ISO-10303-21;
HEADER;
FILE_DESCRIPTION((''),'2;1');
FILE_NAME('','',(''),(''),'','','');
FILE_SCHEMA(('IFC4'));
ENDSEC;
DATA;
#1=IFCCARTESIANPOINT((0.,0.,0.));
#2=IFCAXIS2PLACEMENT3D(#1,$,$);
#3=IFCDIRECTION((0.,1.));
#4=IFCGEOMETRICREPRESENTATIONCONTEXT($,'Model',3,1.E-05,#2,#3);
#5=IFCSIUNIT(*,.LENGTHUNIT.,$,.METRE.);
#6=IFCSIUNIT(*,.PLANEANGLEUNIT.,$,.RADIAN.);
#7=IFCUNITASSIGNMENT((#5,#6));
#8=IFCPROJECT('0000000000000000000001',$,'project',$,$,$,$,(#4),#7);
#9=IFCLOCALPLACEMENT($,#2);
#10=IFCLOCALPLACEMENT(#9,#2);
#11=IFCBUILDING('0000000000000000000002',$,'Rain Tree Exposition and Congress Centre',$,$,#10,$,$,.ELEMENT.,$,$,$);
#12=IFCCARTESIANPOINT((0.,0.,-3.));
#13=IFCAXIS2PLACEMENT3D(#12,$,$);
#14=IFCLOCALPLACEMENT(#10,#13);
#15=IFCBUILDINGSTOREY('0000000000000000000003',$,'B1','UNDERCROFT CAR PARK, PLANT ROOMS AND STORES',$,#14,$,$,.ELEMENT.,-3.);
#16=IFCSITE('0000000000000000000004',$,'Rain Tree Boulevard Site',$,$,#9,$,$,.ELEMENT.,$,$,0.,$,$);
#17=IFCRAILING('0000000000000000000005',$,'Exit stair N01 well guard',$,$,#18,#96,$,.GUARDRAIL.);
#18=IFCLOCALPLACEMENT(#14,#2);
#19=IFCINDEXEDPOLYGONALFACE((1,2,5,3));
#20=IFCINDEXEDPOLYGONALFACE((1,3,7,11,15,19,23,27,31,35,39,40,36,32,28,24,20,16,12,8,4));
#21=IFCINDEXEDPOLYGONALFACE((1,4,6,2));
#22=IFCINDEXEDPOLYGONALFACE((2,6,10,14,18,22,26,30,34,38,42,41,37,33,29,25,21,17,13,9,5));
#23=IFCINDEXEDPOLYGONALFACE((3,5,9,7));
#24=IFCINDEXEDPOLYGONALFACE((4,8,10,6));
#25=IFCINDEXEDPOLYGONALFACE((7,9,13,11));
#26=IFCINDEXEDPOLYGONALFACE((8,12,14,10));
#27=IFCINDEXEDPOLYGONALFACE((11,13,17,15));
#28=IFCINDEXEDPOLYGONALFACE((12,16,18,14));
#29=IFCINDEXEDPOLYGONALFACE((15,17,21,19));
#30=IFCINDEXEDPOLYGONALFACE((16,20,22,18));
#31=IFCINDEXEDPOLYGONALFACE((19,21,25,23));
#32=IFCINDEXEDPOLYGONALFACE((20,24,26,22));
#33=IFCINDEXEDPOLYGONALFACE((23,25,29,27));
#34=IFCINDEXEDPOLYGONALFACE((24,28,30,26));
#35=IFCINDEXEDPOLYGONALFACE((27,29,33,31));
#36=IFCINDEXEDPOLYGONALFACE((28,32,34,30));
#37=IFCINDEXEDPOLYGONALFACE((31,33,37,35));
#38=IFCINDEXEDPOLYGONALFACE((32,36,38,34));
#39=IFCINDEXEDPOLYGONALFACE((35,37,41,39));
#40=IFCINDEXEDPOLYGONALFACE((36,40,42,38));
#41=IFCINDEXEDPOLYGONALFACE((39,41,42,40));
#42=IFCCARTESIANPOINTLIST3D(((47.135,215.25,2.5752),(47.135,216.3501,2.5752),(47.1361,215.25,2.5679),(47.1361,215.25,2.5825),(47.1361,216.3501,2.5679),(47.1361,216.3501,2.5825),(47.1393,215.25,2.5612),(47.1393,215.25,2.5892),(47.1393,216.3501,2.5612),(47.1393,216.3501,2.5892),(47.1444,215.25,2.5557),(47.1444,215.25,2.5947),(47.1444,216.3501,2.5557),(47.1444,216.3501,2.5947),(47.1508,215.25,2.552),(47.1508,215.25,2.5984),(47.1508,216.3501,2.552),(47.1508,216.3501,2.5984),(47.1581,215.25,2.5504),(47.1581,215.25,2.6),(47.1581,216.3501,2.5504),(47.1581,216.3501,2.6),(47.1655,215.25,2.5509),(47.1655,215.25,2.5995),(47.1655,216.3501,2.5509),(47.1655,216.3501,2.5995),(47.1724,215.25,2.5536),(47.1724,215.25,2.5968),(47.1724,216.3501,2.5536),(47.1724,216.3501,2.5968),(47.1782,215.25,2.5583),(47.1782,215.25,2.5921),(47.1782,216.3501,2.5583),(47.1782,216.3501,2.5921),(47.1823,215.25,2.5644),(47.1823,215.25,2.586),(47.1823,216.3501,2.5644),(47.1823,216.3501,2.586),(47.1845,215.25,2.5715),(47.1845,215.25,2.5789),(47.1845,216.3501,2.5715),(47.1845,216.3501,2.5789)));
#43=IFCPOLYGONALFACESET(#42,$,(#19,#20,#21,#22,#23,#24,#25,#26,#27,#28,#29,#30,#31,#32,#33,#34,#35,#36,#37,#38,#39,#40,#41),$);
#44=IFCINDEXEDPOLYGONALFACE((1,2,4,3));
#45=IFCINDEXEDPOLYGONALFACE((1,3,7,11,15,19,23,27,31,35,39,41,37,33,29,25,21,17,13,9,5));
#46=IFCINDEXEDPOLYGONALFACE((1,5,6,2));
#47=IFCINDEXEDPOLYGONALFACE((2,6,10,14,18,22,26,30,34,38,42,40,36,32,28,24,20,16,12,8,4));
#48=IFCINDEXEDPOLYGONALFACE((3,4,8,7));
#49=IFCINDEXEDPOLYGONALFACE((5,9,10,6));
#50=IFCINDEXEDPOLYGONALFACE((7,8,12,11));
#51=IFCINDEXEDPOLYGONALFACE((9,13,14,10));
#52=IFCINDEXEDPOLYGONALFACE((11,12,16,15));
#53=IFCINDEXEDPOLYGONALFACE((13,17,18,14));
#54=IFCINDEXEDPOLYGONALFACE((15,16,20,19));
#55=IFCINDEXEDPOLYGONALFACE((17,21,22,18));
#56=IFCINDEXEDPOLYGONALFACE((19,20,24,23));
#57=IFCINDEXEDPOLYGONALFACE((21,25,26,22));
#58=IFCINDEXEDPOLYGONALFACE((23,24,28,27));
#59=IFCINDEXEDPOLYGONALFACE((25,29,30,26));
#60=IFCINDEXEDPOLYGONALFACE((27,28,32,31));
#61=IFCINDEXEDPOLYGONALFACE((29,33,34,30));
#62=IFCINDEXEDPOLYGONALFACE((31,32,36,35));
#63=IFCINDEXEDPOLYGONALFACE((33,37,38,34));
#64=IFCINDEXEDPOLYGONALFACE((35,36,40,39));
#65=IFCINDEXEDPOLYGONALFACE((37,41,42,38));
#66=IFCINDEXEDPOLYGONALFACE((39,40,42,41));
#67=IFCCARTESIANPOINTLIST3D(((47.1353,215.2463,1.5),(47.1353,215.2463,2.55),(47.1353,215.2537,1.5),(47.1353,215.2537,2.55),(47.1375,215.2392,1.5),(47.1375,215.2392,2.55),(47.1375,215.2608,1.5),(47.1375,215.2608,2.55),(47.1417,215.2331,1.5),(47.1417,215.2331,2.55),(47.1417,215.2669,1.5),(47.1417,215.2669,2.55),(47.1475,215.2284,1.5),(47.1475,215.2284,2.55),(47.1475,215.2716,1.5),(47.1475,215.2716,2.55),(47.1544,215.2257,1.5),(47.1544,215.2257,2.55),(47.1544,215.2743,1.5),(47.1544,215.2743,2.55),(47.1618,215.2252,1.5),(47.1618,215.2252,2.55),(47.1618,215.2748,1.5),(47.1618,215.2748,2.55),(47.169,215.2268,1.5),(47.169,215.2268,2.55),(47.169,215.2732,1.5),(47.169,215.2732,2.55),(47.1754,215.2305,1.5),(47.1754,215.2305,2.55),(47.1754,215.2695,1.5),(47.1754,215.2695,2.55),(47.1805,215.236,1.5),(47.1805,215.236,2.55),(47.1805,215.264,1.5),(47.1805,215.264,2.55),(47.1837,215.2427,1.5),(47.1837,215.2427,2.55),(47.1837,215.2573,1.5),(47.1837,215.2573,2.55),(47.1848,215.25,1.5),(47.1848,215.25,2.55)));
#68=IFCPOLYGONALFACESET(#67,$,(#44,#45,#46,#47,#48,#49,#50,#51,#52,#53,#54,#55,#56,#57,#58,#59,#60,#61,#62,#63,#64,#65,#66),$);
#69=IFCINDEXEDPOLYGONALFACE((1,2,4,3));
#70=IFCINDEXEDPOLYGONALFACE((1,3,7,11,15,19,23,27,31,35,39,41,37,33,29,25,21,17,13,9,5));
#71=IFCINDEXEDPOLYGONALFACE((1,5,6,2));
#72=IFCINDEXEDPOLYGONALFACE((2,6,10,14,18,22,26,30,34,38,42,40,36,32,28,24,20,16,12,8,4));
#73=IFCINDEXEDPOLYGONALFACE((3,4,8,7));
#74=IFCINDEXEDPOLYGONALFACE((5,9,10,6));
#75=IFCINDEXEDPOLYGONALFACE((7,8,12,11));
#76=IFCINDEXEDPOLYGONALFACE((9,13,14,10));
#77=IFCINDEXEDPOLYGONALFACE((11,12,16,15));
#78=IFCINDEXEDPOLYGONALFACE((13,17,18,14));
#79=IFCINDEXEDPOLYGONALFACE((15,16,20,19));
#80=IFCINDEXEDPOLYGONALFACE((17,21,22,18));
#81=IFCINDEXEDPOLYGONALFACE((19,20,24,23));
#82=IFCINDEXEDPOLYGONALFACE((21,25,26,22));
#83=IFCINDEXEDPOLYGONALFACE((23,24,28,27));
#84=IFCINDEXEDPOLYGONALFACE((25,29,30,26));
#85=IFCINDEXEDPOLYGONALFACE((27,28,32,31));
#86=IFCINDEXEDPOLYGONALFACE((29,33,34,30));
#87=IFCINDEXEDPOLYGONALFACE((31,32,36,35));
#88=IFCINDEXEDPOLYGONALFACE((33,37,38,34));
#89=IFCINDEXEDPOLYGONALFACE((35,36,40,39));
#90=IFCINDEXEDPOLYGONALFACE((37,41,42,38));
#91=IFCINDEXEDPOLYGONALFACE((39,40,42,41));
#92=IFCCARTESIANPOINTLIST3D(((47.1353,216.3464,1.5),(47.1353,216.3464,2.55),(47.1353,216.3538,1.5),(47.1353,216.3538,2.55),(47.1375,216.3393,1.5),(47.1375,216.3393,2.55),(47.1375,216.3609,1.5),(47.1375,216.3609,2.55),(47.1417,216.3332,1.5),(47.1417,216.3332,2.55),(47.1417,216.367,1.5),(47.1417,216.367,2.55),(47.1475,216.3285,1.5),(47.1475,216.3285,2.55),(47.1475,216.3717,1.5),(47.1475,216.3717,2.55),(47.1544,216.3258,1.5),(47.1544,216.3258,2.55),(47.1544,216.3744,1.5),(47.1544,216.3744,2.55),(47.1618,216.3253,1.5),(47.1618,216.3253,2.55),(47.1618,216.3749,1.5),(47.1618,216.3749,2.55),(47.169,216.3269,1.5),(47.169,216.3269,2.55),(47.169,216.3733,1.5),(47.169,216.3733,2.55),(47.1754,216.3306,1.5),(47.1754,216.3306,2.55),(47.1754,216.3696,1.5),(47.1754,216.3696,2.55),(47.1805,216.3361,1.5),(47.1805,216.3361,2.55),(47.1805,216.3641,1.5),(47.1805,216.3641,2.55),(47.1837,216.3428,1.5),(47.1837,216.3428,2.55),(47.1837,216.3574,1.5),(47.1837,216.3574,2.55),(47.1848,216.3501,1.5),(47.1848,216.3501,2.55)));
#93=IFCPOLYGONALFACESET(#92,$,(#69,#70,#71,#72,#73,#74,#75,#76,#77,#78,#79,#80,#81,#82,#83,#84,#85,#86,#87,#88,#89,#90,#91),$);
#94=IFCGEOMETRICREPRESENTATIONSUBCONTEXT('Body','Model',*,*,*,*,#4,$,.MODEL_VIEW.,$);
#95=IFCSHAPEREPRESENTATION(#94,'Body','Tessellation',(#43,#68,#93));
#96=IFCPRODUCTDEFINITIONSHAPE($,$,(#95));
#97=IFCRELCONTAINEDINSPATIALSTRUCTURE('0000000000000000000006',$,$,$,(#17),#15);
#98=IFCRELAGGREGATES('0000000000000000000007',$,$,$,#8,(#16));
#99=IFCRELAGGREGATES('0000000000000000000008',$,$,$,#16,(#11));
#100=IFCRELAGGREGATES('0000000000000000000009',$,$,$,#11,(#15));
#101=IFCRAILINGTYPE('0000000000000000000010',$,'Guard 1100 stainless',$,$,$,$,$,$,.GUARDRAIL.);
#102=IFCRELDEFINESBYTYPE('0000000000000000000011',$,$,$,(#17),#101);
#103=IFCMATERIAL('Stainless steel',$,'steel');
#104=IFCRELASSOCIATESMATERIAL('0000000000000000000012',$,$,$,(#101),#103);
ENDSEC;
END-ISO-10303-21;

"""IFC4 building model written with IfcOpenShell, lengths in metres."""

from ifc_helpers import new_model, si_unit, direction, frame, origin, origin_2d, place, context, subcontext, project, spatial, circle, extrude, material, type_object, element, save


model = new_model("IFC4")

# Units and contexts
model_context = context("Model", 3, precision=1e-05, world=origin(), true_north=direction((0.0, 1.0)))
body_context = subcontext(model_context, "Body", "Model", "MODEL_VIEW")
ifc_project = project(units=[si_unit("LENGTHUNIT", "METRE"), si_unit("PLANEANGLEUNIT", "RADIAN")], contexts=[model_context])

# Site, building, storey
site_placement = place(None, origin())
site = spatial("IfcSite", under=ifc_project, at=site_placement, Name="Rain Tree Boulevard Site", CompositionType="ELEMENT", RefElevation=0.0)
building_placement = place(site_placement, origin())
building = spatial("IfcBuilding", under=site, at=building_placement, Name="Rain Tree Exposition and Congress Centre", CompositionType="ELEMENT")
storey_placement = place(building_placement, frame((0.0, 0.0, -3.0)))
storey = spatial("IfcBuildingStorey", under=building, at=storey_placement, Name="B1", Description="UNDERCROFT CAR PARK, PLANT ROOMS AND STORES", CompositionType="ELEMENT", Elevation=-3.0)

# Railing
ifc_material_1 = material(Name="Stainless steel", Category="steel")
railing_type = type_object("IfcRailingType", Name="Guard 1100 stainless", PredefinedType="GUARDRAIL", material=ifc_material_1)
railing_placement = place(storey_placement, frame((47.1599, 215.25, 1.5)))
element("IfcRailing", 1, at=railing_placement, inside=storey, type_object=railing_type, Name="Exit stair N01 well guard", PredefinedType="GUARDRAIL", context=body_context, shape_type="SweptSolid", body=[
    extrude(circle(Radius=0.0249, at=origin_2d()), frame((0.0, 0.0, 1.0752), z_axis=(0.0, 1.0, 0.0), x_axis=(-1.0, 0.0, 0.0)), (0.0, 0.0, 1.0), 1.1001),
    extrude(circle(Radius=0.0249, at=origin_2d()), origin(), (0.0, 0.0, 1.0), 1.05),
    extrude(circle(Radius=0.0249, at=origin_2d()), frame((0.0, 1.1001, 0.0)), (0.0, 0.0, 1.0), 1.05),
])

save(model, "model.ifc")
